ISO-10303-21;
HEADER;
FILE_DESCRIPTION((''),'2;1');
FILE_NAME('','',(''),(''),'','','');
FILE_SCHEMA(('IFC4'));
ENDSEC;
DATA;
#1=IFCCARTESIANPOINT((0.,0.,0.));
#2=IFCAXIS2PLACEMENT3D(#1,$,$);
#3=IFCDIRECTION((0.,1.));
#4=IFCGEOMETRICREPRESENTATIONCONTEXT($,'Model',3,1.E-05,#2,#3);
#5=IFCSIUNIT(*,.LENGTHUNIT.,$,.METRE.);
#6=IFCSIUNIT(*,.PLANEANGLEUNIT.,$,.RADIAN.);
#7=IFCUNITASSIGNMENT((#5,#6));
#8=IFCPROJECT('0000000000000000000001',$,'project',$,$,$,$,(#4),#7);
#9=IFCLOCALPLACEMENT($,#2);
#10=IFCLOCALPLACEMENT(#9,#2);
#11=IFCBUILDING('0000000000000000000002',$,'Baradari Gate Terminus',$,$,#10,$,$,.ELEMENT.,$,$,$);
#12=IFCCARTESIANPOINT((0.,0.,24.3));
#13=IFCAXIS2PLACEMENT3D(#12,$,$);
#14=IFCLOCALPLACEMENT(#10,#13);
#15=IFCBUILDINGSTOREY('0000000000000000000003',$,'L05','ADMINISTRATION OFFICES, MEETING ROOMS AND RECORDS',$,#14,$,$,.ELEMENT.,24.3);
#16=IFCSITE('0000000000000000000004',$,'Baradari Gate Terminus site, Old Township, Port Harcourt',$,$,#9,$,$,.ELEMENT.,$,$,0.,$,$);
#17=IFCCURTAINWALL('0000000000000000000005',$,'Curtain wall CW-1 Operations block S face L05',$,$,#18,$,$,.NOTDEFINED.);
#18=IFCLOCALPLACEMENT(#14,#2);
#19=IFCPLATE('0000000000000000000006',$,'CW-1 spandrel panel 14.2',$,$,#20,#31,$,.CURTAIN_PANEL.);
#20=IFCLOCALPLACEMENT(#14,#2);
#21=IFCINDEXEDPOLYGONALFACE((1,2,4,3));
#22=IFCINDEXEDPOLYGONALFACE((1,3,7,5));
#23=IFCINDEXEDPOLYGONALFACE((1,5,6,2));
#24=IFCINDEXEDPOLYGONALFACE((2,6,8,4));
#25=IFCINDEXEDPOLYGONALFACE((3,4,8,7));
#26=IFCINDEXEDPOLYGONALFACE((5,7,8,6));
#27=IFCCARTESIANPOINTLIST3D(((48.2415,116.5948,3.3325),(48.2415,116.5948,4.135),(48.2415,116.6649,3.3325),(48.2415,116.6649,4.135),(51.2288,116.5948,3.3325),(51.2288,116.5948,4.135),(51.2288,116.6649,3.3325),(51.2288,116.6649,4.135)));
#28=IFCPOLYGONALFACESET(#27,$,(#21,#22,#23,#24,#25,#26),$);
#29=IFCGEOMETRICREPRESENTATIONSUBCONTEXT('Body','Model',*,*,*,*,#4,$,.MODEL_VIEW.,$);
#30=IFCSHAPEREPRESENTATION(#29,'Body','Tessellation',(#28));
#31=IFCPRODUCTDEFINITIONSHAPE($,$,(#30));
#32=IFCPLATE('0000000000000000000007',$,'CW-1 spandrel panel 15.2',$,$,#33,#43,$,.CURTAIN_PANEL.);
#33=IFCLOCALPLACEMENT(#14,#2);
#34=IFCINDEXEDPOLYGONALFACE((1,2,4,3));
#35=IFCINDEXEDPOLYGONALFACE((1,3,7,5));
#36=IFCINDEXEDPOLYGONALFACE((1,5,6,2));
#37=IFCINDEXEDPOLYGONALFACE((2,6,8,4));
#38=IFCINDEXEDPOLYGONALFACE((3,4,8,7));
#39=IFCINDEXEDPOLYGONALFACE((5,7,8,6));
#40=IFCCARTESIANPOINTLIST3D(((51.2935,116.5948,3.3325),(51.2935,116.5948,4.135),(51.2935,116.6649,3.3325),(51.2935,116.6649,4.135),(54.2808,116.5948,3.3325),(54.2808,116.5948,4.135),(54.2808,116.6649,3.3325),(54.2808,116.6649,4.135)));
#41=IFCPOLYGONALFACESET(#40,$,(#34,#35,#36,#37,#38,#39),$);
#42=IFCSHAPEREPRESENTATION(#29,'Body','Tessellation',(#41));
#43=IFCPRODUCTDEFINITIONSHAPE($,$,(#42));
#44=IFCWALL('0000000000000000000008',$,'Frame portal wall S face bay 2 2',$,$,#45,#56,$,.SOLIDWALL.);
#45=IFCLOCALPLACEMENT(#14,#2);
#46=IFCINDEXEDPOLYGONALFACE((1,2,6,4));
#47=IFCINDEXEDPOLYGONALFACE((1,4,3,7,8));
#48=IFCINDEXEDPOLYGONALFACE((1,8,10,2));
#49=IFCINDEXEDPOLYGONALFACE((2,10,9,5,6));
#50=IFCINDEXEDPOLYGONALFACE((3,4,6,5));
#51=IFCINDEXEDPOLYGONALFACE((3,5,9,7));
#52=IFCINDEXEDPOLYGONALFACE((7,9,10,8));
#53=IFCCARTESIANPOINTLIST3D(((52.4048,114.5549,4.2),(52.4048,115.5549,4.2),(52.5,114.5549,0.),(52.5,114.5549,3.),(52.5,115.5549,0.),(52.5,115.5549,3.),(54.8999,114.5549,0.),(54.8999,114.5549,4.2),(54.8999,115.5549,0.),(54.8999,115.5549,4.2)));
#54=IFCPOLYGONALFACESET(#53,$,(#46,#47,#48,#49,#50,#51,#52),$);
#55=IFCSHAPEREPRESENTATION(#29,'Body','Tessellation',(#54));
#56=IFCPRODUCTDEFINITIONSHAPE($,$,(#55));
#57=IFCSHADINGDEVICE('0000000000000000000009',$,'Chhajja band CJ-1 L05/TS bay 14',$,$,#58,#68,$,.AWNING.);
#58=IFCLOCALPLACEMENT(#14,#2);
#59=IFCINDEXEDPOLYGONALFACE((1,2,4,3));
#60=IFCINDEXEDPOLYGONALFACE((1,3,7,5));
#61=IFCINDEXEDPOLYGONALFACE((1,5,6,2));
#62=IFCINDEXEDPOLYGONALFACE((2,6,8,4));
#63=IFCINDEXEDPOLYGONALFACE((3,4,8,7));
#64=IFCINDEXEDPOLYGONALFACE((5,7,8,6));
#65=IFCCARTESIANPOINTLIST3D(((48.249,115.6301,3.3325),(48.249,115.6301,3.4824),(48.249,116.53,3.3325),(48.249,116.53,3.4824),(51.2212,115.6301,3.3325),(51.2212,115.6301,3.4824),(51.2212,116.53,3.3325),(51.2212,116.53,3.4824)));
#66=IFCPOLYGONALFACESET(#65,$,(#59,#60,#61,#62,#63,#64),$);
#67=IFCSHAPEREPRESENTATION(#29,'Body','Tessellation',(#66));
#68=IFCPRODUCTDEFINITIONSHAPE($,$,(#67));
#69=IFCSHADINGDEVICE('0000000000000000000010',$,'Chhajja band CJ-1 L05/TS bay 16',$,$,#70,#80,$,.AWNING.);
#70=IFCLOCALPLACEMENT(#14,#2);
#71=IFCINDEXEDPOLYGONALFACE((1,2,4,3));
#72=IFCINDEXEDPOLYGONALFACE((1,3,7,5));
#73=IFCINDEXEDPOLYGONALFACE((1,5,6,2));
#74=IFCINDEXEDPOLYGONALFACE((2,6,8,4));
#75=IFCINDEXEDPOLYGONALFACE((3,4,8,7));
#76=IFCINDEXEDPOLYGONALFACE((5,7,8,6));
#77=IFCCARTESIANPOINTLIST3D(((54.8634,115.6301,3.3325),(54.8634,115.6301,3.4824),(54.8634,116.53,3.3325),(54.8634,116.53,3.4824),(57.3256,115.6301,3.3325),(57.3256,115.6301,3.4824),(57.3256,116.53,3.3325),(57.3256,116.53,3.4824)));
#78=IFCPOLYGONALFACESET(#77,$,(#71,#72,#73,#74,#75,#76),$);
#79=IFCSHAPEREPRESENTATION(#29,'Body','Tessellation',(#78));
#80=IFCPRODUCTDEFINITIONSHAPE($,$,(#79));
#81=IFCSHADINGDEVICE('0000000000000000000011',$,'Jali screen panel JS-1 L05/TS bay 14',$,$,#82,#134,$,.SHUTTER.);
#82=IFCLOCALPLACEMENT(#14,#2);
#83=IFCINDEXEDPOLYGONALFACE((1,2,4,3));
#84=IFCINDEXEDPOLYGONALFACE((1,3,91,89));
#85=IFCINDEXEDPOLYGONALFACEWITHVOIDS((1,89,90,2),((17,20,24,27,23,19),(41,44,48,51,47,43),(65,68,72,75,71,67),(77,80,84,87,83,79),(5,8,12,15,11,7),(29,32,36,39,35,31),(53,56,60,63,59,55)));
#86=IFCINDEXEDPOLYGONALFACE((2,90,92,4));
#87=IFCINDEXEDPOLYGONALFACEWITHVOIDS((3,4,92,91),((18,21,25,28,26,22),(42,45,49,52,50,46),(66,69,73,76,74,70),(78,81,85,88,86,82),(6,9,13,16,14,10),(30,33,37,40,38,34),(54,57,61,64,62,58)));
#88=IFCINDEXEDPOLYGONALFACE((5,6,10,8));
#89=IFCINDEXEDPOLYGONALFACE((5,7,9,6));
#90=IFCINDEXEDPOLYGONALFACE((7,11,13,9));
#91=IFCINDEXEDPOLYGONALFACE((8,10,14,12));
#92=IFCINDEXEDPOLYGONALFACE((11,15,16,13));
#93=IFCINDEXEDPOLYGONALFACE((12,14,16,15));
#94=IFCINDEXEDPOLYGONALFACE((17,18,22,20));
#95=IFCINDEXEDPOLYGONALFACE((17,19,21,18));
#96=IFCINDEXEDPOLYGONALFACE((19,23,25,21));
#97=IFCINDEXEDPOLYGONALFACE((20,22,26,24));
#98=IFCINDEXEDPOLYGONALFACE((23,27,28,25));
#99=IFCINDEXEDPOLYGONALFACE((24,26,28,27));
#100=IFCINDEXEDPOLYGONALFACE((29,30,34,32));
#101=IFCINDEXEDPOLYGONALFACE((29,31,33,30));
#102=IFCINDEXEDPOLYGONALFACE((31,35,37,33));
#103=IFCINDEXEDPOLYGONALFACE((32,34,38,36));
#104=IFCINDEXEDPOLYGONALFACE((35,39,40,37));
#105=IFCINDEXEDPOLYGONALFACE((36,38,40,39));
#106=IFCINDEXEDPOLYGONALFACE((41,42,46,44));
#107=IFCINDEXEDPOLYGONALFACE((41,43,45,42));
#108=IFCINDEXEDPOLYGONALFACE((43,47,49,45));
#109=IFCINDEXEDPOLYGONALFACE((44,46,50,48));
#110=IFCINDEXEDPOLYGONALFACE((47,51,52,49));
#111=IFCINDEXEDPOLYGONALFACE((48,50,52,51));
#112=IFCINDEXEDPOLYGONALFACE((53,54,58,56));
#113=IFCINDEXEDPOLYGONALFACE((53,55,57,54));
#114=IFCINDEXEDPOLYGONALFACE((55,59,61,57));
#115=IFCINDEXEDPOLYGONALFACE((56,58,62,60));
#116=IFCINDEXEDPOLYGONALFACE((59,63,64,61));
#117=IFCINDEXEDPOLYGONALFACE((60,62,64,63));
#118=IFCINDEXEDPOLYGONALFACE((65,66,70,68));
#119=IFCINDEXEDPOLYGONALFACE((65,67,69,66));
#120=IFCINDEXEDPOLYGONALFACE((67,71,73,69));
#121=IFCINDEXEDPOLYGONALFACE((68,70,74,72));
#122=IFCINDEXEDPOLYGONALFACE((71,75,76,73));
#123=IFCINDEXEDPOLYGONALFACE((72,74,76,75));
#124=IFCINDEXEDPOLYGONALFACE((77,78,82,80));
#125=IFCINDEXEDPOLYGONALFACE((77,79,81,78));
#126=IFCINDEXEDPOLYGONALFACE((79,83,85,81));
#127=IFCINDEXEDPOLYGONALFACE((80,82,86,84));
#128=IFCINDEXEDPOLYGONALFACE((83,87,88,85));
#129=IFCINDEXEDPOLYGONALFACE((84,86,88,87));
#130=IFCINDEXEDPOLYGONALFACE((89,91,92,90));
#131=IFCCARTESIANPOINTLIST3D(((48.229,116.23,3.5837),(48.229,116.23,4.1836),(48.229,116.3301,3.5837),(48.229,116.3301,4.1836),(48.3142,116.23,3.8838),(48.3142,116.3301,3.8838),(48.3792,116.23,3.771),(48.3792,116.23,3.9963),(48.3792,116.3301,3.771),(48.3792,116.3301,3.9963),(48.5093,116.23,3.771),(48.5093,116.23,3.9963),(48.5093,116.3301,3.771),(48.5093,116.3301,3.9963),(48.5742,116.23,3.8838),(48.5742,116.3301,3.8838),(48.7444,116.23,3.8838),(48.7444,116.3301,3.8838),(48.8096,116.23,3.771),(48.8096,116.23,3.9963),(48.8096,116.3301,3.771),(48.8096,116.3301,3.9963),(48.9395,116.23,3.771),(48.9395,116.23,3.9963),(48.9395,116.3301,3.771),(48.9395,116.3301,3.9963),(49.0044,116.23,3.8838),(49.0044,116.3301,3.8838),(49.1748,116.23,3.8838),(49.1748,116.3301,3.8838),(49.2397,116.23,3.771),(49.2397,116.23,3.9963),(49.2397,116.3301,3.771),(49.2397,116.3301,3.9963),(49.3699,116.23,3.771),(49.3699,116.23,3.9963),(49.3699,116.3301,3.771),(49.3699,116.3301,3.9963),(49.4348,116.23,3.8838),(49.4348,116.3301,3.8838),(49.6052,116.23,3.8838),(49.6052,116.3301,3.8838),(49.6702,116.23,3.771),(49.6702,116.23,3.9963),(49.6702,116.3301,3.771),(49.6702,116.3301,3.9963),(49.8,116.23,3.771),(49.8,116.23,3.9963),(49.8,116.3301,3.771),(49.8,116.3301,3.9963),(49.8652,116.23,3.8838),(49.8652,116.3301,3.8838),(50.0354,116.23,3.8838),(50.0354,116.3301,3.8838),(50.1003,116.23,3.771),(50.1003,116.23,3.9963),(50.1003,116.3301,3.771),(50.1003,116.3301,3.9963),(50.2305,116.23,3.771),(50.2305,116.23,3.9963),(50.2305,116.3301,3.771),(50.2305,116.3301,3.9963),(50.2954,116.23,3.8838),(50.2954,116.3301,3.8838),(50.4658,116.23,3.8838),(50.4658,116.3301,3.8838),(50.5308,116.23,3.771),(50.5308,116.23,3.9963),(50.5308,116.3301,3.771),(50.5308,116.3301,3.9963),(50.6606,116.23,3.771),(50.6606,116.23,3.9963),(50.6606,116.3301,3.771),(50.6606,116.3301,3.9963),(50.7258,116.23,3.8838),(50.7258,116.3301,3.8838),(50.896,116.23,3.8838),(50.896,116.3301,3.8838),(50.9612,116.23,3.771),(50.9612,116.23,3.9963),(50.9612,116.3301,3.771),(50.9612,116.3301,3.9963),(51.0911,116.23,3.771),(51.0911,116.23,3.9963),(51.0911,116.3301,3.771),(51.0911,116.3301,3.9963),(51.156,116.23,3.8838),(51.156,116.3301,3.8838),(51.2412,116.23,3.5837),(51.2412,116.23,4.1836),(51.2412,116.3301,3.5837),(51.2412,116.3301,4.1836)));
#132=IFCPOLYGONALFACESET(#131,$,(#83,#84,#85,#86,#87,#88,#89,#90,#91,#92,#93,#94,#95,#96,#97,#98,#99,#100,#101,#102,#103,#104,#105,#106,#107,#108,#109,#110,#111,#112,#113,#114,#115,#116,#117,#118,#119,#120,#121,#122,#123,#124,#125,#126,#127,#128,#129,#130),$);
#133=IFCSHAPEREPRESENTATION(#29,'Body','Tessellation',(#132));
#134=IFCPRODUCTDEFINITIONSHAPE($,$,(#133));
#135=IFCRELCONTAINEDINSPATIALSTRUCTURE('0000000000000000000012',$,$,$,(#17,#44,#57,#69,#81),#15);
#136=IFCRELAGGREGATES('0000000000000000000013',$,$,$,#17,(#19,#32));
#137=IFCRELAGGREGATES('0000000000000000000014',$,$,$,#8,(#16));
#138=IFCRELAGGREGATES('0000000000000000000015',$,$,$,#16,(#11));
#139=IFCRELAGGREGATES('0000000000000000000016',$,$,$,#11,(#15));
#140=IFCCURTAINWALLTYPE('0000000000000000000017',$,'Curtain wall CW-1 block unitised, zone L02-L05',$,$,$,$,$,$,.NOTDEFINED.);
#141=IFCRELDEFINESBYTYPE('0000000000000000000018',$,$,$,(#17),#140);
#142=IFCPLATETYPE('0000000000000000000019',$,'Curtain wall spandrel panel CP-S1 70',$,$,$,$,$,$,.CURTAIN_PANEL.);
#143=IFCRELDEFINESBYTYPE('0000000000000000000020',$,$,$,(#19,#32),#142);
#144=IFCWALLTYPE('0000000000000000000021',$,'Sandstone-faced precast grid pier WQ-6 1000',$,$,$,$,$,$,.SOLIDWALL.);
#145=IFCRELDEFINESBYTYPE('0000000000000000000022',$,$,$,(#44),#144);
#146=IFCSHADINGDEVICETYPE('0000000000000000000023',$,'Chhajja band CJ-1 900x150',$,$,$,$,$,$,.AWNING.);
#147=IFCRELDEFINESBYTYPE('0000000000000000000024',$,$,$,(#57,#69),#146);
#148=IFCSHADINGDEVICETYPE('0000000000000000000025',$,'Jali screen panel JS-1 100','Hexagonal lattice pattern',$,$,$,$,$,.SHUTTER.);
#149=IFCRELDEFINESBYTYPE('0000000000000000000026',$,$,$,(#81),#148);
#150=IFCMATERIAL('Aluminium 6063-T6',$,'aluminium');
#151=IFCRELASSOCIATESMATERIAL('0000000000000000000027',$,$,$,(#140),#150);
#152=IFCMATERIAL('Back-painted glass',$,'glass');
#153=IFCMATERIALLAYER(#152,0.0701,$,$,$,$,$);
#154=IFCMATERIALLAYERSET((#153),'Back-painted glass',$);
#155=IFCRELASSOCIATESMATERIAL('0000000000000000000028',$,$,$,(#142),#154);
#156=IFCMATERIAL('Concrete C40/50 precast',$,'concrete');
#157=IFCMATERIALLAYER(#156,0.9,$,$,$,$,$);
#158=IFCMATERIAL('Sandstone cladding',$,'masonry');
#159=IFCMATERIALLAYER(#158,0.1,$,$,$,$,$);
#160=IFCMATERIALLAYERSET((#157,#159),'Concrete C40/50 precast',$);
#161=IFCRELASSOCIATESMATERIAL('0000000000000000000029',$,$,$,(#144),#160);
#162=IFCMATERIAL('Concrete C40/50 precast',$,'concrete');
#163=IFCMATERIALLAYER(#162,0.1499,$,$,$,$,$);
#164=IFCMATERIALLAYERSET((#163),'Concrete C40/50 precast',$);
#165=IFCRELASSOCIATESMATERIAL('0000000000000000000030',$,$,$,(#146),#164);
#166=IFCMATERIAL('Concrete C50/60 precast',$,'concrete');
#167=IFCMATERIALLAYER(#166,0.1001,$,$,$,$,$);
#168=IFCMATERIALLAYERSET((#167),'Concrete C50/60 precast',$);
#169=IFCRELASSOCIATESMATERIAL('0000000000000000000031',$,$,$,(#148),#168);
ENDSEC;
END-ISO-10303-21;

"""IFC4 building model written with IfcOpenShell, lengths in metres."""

from ifc_helpers import new_model, si_unit, direction, frame, origin, origin_2d, place, context, subcontext, project, spatial, polyline, rectangle, outline, extrude, material, layer, layer_set, type_object, element, aggregate, save


model = new_model("IFC4")

# Units and contexts
model_context = context("Model", 3, precision=1e-05, world=origin(), true_north=direction((0.0, 1.0)))
body_context = subcontext(model_context, "Body", "Model", "MODEL_VIEW")
ifc_project = project(units=[si_unit("LENGTHUNIT", "METRE"), si_unit("PLANEANGLEUNIT", "RADIAN")], contexts=[model_context])

# Site, building, storey
site_placement = place(None, origin())
site = spatial("IfcSite", under=ifc_project, at=site_placement, Name="Baradari Gate Terminus site, Old Township, Port Harcourt", CompositionType="ELEMENT", RefElevation=0.0)
building_placement = place(site_placement, origin())
building = spatial("IfcBuilding", under=site, at=building_placement, Name="Baradari Gate Terminus", CompositionType="ELEMENT")
storey_placement = place(building_placement, frame((0.0, 0.0, 24.3)))
storey = spatial("IfcBuildingStorey", under=building, at=storey_placement, Name="L05", Description="ADMINISTRATION OFFICES, MEETING ROOMS AND RECORDS", CompositionType="ELEMENT", Elevation=24.3)

# Curtain wall, plates
ifc_material_1 = material(Name="Aluminium 6063-T6", Category="aluminium")
curtain_wall_type = type_object("IfcCurtainWallType", Name="Curtain wall CW-1 block unitised, zone L02-L05", PredefinedType="NOTDEFINED", material=ifc_material_1)
curtain_wall_placement = place(storey_placement, origin())
curtain_wall = element("IfcCurtainWall", 1, at=curtain_wall_placement, inside=storey, type_object=curtain_wall_type, Name="Curtain wall CW-1 Operations block S face L05", PredefinedType="NOTDEFINED")
ifc_material_2 = material(Name="Back-painted glass", Category="glass")
ifc_layer_1 = layer(ifc_material_2, 0.0701)
ifc_layer_set_1 = layer_set([ifc_layer_1], Name="Back-painted glass")
plate_type_1 = type_object("IfcPlateType", Name="Curtain wall spandrel panel CP-S1 70", PredefinedType="CURTAIN_PANEL", material=ifc_layer_set_1)
plate_1_placement = place(storey_placement, frame((49.7351, 116.6299, 3.3325), z_axis=(0.0, 0.0, 1.0), x_axis=(1.0, 0.0, 0.0)))
plate_1 = element("IfcPlate", 2, at=plate_1_placement, type_object=plate_type_1, Name="CW-1 spandrel panel 14.2", PredefinedType="CURTAIN_PANEL", context=body_context, shape_type="SweptSolid", body=[
    extrude(rectangle(XDim=2.9873, YDim=0.0701, at=origin_2d()), origin(), (0.0, 0.0, 1.0), 0.8025),
])
plate_2_placement = place(storey_placement, frame((52.7871, 116.6299, 3.3325), z_axis=(0.0, 0.0, 1.0), x_axis=(1.0, 0.0, 0.0)))
plate_2 = element("IfcPlate", 3, at=plate_2_placement, type_object=plate_type_1, Name="CW-1 spandrel panel 15.2", PredefinedType="CURTAIN_PANEL", context=body_context, shape_type="SweptSolid", body=[
    extrude(rectangle(XDim=2.9873, YDim=0.0701, at=origin_2d()), origin(), (0.0, 0.0, 1.0), 0.8025),
])
aggregate(curtain_wall, [plate_1, plate_2])

# Wall
ifc_material_3 = material(Name="Concrete C40/50 precast", Category="concrete")
ifc_layer_2 = layer(ifc_material_3, 0.9)
ifc_material_4 = material(Name="Sandstone cladding", Category="masonry")
ifc_layer_3 = layer(ifc_material_4, 0.1)
ifc_layer_set_2 = layer_set([ifc_layer_2, ifc_layer_3], Name="Concrete C40/50 precast")
wall_type = type_object("IfcWallType", Name="Sandstone-faced precast grid pier WQ-6 1000", PredefinedType="SOLIDWALL", material=ifc_layer_set_2)
wall_placement = place(storey_placement, frame((52.4048, 115.0549, 0.0), z_axis=(0.0, 0.0, 1.0), x_axis=(1.0, 0.0, 0.0)))
element("IfcWall", 4, at=wall_placement, inside=storey, type_object=wall_type, Name="Frame portal wall S face bay 2 2", PredefinedType="SOLIDWALL", context=body_context, shape_type="SweptSolid", body=[
    extrude(outline(polyline([(0.0, 4.2), (0.0952, 3.0), (0.0952, 0.0), (2.4951, 0.0), (2.4951, 4.2), (0.0, 4.2)])), frame((0.0, 0.5, 0.0), z_axis=(0.0, -1.0, 0.0), x_axis=(1.0, 0.0, 0.0)), (0.0, 0.0, 1.0), 1.0),
])

# Shading devices
ifc_material_5 = material(Name="Concrete C40/50 precast", Category="concrete")
ifc_layer_4 = layer(ifc_material_5, 0.1499)
ifc_layer_set_3 = layer_set([ifc_layer_4], Name="Concrete C40/50 precast")
shading_device_type_1 = type_object("IfcShadingDeviceType", Name="Chhajja band CJ-1 900x150", PredefinedType="AWNING", material=ifc_layer_set_3)
shading_device_1_placement = place(storey_placement, frame((49.7351, 116.0801, 3.3325), z_axis=(0.0, 0.0, 1.0), x_axis=(1.0, 0.0, 0.0)))
element("IfcShadingDevice", 5, at=shading_device_1_placement, inside=storey, type_object=shading_device_type_1, Name="Chhajja band CJ-1 L05/TS bay 14", PredefinedType="AWNING", context=body_context, shape_type="SweptSolid", body=[
    extrude(rectangle(XDim=2.9722, YDim=0.8999, at=origin_2d()), origin(), (0.0, 0.0, 1.0), 0.1499),
])
shading_device_2_placement = place(storey_placement, frame((56.0945, 116.0801, 3.3325), z_axis=(0.0, 0.0, 1.0), x_axis=(1.0, 0.0, 0.0)))
element("IfcShadingDevice", 6, at=shading_device_2_placement, inside=storey, type_object=shading_device_type_1, Name="Chhajja band CJ-1 L05/TS bay 16", PredefinedType="AWNING", context=body_context, shape_type="SweptSolid", body=[
    extrude(rectangle(XDim=2.4622, YDim=0.8999, at=origin_2d()), origin(), (0.0, 0.0, 1.0), 0.1499),
])
ifc_material_6 = material(Name="Concrete C50/60 precast", Category="concrete")
ifc_layer_5 = layer(ifc_material_6, 0.1001)
ifc_layer_set_4 = layer_set([ifc_layer_5], Name="Concrete C50/60 precast")
shading_device_type_2 = type_object("IfcShadingDeviceType", Name="Jali screen panel JS-1 100", Description="Hexagonal lattice pattern", PredefinedType="SHUTTER", material=ifc_layer_set_4)
shading_device_3_placement = place(storey_placement, frame((48.229, 116.28, 3.5837), z_axis=(0.0, 0.0, 1.0), x_axis=(1.0, 0.0, 0.0)))
element("IfcShadingDevice", 7, at=shading_device_3_placement, inside=storey, type_object=shading_device_type_2, Name="Jali screen panel JS-1 L05/TS bay 14", PredefinedType="SHUTTER", context=body_context, shape_type="SweptSolid", body=[
    extrude(outline(polyline([(0.0, 0.0), (3.0122, 0.0), (3.0122, 0.5999), (0.0, 0.5999), (0.0, 0.0)]), holes=[polyline([(0.3452, 0.3), (0.2803, 0.1873), (0.1501, 0.1873), (0.0852, 0.3), (0.1501, 0.4126), (0.2803, 0.4126), (0.3452, 0.3)]), polyline([(0.7754, 0.3), (0.7104, 0.1873), (0.5806, 0.1873), (0.5154, 0.3), (0.5806, 0.4126), (0.7104, 0.4126), (0.7754, 0.3)]), polyline([(1.2058, 0.3), (1.1409, 0.1873), (1.0107, 0.1873), (0.9458, 0.3), (1.0107, 0.4126), (1.1409, 0.4126), (1.2058, 0.3)]), polyline([(1.6362, 0.3), (1.571, 0.1873), (1.4412, 0.1873), (1.3762, 0.3), (1.4412, 0.4126), (1.571, 0.4126), (1.6362, 0.3)]), polyline([(2.0664, 0.3), (2.0015, 0.1873), (1.8713, 0.1873), (1.8064, 0.3), (1.8713, 0.4126), (2.0015, 0.4126), (2.0664, 0.3)]), polyline([(2.4968, 0.3), (2.4316, 0.1873), (2.3018, 0.1873), (2.2368, 0.3), (2.3018, 0.4126), (2.4316, 0.4126), (2.4968, 0.3)]), polyline([(2.927, 0.3), (2.8621, 0.1873), (2.7322, 0.1873), (2.667, 0.3), (2.7322, 0.4126), (2.8621, 0.4126), (2.927, 0.3)])]), frame((0.0, 0.05, 0.0), z_axis=(0.0, -1.0, 0.0), x_axis=(1.0, 0.0, 0.0)), (0.0, 0.0, 1.0), 0.1001),
])

save(model, "model.ifc")
